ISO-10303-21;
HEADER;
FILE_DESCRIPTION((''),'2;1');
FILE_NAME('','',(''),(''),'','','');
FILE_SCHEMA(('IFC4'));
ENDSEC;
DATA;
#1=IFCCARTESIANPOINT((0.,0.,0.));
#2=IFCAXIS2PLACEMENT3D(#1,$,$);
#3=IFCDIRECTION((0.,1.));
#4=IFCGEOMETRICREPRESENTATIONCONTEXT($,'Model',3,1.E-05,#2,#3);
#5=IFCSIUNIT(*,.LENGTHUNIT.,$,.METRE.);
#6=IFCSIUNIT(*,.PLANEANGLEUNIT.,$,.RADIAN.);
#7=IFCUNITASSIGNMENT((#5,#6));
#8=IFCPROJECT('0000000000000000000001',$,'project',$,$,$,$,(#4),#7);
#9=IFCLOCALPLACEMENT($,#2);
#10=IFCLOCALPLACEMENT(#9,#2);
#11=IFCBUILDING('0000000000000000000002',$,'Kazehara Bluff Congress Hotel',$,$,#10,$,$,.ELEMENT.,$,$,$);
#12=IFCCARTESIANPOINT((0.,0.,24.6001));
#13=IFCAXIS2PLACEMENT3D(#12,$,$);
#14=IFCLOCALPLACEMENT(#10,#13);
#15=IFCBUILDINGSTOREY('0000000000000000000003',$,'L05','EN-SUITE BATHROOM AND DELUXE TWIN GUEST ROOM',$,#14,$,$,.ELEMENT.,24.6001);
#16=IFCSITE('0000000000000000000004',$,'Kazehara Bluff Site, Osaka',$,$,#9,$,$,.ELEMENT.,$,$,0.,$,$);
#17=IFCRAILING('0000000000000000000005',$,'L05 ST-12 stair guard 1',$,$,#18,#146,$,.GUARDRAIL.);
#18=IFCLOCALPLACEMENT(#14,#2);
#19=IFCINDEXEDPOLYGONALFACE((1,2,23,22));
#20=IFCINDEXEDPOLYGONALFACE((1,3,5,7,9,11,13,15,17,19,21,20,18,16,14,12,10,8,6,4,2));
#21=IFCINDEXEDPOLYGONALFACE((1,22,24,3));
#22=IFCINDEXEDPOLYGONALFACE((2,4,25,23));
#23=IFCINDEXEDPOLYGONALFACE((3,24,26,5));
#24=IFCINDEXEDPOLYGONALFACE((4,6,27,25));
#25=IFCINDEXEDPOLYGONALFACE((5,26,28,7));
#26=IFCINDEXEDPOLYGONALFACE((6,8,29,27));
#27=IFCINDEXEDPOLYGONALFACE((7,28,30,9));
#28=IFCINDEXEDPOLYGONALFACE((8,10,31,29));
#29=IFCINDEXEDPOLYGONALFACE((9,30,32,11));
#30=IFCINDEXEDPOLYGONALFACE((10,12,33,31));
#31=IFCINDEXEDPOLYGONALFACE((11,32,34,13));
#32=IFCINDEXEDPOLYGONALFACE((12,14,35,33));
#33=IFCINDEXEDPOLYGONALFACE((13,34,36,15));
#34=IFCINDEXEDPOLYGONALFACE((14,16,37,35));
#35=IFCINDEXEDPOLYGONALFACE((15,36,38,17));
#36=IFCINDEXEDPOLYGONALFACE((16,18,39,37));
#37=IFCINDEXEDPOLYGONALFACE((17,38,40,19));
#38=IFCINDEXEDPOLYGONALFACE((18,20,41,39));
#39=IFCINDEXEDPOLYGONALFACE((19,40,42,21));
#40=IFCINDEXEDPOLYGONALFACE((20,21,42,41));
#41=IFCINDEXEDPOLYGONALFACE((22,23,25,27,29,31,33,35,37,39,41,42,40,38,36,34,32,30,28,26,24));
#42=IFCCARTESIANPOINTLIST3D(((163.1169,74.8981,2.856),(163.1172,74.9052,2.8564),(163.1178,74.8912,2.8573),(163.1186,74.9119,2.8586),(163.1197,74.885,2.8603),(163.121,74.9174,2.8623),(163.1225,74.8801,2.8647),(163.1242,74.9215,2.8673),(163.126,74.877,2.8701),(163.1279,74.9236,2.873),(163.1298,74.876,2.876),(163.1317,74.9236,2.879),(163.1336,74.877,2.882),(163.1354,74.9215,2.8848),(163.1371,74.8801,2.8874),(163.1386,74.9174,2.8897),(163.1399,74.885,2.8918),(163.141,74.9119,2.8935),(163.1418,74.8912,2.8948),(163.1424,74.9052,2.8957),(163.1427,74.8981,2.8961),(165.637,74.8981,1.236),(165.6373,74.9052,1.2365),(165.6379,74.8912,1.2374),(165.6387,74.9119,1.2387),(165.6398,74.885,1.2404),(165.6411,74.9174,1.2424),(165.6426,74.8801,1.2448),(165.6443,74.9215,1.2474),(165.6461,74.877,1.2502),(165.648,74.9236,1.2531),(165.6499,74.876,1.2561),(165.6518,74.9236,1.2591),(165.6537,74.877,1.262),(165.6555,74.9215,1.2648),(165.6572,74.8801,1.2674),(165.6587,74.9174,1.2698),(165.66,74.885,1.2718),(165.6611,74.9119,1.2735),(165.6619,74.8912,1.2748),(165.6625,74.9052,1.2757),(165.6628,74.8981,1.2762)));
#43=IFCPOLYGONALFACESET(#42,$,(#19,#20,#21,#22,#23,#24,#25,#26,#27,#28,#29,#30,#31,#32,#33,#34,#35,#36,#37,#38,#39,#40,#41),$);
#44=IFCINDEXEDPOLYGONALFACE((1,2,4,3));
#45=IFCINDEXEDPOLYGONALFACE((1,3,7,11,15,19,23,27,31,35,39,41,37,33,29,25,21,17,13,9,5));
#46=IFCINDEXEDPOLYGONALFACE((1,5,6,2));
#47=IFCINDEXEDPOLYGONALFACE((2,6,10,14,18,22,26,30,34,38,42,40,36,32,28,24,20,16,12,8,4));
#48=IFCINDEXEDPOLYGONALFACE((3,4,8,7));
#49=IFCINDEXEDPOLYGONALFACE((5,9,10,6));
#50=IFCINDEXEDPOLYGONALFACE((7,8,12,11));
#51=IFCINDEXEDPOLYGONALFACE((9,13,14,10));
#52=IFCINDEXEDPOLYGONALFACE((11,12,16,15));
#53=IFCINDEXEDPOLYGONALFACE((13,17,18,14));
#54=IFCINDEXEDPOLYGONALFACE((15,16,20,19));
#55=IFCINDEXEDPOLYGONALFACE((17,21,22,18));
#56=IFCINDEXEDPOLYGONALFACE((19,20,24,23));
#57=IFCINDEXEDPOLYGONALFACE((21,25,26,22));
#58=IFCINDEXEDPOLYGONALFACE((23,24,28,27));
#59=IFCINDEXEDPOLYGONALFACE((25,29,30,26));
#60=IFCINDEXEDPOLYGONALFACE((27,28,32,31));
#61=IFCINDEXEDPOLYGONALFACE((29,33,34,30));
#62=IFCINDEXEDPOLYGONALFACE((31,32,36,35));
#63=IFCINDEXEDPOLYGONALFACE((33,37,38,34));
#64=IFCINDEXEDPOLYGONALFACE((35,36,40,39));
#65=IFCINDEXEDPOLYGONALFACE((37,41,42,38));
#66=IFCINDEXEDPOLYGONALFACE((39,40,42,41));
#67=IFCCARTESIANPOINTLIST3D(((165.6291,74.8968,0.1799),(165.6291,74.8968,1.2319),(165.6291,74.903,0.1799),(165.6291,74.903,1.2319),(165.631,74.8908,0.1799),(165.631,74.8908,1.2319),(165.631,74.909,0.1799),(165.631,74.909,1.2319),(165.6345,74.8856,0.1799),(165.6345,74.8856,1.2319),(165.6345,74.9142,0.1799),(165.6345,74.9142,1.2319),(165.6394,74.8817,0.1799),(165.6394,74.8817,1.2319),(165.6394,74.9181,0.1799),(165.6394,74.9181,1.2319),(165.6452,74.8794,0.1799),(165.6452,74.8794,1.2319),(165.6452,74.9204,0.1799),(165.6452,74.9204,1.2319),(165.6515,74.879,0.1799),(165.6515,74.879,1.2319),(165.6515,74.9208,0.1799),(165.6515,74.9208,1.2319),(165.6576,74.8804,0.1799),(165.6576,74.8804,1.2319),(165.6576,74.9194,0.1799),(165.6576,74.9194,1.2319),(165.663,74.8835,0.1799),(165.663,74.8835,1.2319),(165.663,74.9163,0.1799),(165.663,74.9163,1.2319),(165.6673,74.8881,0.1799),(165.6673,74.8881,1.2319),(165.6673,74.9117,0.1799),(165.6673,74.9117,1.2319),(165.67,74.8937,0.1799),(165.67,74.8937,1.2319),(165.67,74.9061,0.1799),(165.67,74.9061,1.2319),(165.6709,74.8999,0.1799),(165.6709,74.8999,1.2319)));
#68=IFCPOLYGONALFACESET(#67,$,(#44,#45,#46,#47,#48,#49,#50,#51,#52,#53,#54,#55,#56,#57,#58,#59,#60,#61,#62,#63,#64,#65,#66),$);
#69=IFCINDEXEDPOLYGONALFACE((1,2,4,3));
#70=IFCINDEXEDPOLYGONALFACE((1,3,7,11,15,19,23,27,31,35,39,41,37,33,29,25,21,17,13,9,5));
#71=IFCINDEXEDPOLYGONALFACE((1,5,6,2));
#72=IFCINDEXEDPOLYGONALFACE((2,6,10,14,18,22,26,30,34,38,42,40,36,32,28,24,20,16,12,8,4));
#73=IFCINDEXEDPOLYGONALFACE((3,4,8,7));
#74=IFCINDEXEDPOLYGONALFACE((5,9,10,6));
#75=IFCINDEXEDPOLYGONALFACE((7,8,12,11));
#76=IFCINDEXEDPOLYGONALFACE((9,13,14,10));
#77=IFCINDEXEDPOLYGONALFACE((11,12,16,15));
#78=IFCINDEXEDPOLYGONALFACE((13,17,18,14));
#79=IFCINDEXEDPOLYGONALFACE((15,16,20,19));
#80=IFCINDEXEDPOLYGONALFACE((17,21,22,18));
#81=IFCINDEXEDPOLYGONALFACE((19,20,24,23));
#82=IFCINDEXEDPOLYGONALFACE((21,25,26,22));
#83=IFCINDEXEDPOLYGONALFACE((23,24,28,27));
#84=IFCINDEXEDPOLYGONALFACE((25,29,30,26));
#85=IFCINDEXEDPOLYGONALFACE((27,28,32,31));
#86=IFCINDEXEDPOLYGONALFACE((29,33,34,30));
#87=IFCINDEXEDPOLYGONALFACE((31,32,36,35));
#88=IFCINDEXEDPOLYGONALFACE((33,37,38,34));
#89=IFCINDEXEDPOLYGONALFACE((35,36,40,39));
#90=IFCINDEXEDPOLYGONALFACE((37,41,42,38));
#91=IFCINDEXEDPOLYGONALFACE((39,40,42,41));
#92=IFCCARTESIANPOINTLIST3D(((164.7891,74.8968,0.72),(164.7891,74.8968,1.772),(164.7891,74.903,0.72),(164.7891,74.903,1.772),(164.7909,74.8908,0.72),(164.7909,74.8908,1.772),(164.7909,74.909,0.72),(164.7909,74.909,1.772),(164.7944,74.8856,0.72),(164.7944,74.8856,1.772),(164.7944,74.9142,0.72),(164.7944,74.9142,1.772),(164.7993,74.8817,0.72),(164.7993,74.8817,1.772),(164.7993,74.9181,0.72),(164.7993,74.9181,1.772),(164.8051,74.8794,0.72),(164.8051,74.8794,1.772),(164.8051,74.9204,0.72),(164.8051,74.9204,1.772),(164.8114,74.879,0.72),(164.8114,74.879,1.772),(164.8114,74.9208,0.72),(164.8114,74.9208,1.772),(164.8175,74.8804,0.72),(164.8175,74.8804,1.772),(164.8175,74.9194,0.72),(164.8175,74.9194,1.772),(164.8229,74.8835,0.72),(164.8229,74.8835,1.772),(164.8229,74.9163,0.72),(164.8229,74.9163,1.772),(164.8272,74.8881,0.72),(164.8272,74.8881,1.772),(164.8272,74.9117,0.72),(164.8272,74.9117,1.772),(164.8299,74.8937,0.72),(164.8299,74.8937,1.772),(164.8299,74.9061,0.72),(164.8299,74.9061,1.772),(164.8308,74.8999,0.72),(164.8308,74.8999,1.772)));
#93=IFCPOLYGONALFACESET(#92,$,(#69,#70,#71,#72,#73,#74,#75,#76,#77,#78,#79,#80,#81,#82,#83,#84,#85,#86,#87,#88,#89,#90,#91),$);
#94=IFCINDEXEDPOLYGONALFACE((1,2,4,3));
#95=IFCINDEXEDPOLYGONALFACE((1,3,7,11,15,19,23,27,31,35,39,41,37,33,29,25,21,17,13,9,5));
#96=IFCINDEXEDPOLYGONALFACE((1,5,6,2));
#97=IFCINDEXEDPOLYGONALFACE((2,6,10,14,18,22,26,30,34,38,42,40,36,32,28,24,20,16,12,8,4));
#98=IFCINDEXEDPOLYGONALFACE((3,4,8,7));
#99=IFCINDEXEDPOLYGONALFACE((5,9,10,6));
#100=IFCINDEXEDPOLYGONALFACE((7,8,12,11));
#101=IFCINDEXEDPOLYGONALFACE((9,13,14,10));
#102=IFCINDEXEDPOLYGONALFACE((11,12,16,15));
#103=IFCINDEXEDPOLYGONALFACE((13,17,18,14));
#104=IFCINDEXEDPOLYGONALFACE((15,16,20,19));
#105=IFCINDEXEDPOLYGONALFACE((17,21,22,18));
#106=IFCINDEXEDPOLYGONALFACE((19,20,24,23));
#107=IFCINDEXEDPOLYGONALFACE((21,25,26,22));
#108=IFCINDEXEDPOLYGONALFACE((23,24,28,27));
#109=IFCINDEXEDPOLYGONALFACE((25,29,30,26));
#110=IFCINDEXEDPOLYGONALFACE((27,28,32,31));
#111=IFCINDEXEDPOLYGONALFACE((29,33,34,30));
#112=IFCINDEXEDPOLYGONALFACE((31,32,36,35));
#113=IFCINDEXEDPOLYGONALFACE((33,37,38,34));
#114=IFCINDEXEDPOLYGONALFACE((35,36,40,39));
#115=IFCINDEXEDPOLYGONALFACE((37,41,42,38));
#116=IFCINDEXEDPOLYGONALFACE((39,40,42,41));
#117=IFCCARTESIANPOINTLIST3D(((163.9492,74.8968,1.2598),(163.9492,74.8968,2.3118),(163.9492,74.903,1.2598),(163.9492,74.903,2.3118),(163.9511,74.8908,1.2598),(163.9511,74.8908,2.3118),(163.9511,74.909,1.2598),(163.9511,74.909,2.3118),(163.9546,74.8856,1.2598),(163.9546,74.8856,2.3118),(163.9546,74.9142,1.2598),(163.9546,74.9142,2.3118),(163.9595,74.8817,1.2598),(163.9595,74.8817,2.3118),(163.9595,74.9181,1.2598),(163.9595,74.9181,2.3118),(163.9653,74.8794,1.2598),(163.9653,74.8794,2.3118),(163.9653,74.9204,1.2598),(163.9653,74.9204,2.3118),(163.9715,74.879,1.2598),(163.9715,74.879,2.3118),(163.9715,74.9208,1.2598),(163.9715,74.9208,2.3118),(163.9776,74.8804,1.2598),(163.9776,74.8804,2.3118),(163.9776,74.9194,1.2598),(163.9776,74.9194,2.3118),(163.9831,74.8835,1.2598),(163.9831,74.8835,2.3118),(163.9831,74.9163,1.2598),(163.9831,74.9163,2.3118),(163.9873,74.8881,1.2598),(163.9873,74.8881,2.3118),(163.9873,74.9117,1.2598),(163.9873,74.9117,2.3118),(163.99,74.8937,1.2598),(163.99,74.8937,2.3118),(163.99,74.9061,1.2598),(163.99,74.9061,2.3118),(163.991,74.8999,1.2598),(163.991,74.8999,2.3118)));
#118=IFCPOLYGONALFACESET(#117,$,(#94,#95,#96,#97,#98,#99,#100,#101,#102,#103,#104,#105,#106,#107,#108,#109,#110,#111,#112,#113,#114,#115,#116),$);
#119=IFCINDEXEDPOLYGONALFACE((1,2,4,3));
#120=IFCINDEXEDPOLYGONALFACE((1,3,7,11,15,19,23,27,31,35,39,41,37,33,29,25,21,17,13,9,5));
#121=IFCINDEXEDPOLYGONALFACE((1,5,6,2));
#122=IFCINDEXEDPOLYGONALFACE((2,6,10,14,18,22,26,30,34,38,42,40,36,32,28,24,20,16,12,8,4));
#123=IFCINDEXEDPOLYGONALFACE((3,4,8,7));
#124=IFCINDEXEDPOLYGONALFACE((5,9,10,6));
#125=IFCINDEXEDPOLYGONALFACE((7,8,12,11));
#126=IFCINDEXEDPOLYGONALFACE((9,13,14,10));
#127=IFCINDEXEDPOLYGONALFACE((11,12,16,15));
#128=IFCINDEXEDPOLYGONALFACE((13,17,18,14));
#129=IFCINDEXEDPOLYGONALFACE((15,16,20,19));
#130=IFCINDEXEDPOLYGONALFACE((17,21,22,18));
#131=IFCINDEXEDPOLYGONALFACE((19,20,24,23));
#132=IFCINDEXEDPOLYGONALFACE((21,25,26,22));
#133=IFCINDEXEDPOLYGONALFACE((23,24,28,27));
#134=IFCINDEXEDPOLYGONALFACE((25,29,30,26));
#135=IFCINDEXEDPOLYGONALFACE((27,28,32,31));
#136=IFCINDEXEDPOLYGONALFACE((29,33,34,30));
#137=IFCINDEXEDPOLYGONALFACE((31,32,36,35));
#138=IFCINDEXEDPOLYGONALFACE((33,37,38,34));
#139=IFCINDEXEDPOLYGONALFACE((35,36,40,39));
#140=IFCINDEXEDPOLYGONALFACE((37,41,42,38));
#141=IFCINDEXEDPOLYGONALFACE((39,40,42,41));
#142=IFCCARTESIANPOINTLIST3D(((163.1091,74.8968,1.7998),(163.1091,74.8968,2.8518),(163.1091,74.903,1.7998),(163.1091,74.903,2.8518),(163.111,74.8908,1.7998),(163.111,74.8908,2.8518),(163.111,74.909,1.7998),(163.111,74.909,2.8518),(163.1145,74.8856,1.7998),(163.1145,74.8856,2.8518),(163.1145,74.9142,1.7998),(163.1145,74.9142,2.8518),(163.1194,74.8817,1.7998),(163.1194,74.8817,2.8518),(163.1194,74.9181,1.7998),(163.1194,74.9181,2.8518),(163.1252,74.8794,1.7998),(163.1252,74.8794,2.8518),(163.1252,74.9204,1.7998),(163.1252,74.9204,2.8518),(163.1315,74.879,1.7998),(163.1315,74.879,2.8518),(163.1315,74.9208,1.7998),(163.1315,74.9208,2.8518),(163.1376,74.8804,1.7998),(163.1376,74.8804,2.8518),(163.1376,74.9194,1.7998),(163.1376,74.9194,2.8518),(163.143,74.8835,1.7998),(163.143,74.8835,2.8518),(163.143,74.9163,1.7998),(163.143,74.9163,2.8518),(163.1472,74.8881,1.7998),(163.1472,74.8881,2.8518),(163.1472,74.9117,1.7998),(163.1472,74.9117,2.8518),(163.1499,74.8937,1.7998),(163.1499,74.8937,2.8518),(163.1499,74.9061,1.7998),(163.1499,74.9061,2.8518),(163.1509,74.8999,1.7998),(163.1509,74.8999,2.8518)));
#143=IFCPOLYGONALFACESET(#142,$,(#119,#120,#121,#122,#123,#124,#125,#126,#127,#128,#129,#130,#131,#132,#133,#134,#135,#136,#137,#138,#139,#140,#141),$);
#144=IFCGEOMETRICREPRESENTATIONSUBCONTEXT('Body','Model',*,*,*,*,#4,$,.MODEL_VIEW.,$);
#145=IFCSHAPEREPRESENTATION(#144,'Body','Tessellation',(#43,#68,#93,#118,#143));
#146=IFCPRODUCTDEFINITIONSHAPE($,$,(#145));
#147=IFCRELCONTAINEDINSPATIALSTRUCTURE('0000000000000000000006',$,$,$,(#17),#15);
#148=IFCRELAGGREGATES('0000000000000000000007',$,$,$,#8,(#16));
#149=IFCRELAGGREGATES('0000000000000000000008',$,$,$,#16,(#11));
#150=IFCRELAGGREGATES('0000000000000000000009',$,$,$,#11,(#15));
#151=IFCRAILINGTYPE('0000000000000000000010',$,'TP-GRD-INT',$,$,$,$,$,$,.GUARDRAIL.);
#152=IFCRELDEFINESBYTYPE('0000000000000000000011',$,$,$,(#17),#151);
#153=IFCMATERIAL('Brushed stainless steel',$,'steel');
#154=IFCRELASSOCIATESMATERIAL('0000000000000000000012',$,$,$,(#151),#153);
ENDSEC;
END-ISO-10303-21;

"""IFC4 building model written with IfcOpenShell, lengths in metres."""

from ifc_helpers import new_model, si_unit, direction, frame, origin, origin_2d, place, context, subcontext, project, spatial, circle, extrude, material, type_object, element, save


model = new_model("IFC4")

# Units and contexts
model_context = context("Model", 3, precision=1e-05, world=origin(), true_north=direction((0.0, 1.0)))
body_context = subcontext(model_context, "Body", "Model", "MODEL_VIEW")
ifc_project = project(units=[si_unit("LENGTHUNIT", "METRE"), si_unit("PLANEANGLEUNIT", "RADIAN")], contexts=[model_context])

# Site, building, storey
site_placement = place(None, origin())
site = spatial("IfcSite", under=ifc_project, at=site_placement, Name="Kazehara Bluff Site, Osaka", CompositionType="ELEMENT", RefElevation=0.0)
building_placement = place(site_placement, origin())
building = spatial("IfcBuilding", under=site, at=building_placement, Name="Kazehara Bluff Congress Hotel", CompositionType="ELEMENT")
storey_placement = place(building_placement, frame((0.0, 0.0, 24.6001)))
storey = spatial("IfcBuildingStorey", under=building, at=storey_placement, Name="L05", Description="EN-SUITE BATHROOM AND DELUXE TWIN GUEST ROOM", CompositionType="ELEMENT", Elevation=24.6001)

# Railing
ifc_material_1 = material(Name="Brushed stainless steel", Category="steel")
railing_type_1 = type_object("IfcRailingType", Name="TP-GRD-INT", PredefinedType="GUARDRAIL", material=ifc_material_1)
railing_1_placement = place(storey_placement, frame((165.6499, 74.8999, 0.1799)))
element("IfcRailing", 1, at=railing_1_placement, inside=storey, type_object=railing_type_1, Name="L05 ST-12 stair guard 1", PredefinedType="GUARDRAIL", context=body_context, shape_type="SweptSolid", body=[
    extrude(circle(Radius=0.0239, at=origin_2d()), frame((0.0, 0.0, 1.0762), z_axis=(-0.8412, 0.0, 0.540725), x_axis=(0.0, -1.0, 0.0)), (0.0, 0.0, 1.0), 2.9958),
    extrude(circle(Radius=0.021, at=origin_2d()), origin(), (0.0, 0.0, 1.0), 1.052),
    extrude(circle(Radius=0.021, at=origin_2d()), frame((-0.8401, 0.0, 0.54)), (0.0, 0.0, 1.0), 1.052),
    extrude(circle(Radius=0.021, at=origin_2d()), frame((-1.6799, 0.0, 1.0798)), (0.0, 0.0, 1.0), 1.052),
    extrude(circle(Radius=0.021, at=origin_2d()), frame((-2.52, 0.0, 1.6199)), (0.0, 0.0, 1.0), 1.052),
])

save(model, "model.ifc")
